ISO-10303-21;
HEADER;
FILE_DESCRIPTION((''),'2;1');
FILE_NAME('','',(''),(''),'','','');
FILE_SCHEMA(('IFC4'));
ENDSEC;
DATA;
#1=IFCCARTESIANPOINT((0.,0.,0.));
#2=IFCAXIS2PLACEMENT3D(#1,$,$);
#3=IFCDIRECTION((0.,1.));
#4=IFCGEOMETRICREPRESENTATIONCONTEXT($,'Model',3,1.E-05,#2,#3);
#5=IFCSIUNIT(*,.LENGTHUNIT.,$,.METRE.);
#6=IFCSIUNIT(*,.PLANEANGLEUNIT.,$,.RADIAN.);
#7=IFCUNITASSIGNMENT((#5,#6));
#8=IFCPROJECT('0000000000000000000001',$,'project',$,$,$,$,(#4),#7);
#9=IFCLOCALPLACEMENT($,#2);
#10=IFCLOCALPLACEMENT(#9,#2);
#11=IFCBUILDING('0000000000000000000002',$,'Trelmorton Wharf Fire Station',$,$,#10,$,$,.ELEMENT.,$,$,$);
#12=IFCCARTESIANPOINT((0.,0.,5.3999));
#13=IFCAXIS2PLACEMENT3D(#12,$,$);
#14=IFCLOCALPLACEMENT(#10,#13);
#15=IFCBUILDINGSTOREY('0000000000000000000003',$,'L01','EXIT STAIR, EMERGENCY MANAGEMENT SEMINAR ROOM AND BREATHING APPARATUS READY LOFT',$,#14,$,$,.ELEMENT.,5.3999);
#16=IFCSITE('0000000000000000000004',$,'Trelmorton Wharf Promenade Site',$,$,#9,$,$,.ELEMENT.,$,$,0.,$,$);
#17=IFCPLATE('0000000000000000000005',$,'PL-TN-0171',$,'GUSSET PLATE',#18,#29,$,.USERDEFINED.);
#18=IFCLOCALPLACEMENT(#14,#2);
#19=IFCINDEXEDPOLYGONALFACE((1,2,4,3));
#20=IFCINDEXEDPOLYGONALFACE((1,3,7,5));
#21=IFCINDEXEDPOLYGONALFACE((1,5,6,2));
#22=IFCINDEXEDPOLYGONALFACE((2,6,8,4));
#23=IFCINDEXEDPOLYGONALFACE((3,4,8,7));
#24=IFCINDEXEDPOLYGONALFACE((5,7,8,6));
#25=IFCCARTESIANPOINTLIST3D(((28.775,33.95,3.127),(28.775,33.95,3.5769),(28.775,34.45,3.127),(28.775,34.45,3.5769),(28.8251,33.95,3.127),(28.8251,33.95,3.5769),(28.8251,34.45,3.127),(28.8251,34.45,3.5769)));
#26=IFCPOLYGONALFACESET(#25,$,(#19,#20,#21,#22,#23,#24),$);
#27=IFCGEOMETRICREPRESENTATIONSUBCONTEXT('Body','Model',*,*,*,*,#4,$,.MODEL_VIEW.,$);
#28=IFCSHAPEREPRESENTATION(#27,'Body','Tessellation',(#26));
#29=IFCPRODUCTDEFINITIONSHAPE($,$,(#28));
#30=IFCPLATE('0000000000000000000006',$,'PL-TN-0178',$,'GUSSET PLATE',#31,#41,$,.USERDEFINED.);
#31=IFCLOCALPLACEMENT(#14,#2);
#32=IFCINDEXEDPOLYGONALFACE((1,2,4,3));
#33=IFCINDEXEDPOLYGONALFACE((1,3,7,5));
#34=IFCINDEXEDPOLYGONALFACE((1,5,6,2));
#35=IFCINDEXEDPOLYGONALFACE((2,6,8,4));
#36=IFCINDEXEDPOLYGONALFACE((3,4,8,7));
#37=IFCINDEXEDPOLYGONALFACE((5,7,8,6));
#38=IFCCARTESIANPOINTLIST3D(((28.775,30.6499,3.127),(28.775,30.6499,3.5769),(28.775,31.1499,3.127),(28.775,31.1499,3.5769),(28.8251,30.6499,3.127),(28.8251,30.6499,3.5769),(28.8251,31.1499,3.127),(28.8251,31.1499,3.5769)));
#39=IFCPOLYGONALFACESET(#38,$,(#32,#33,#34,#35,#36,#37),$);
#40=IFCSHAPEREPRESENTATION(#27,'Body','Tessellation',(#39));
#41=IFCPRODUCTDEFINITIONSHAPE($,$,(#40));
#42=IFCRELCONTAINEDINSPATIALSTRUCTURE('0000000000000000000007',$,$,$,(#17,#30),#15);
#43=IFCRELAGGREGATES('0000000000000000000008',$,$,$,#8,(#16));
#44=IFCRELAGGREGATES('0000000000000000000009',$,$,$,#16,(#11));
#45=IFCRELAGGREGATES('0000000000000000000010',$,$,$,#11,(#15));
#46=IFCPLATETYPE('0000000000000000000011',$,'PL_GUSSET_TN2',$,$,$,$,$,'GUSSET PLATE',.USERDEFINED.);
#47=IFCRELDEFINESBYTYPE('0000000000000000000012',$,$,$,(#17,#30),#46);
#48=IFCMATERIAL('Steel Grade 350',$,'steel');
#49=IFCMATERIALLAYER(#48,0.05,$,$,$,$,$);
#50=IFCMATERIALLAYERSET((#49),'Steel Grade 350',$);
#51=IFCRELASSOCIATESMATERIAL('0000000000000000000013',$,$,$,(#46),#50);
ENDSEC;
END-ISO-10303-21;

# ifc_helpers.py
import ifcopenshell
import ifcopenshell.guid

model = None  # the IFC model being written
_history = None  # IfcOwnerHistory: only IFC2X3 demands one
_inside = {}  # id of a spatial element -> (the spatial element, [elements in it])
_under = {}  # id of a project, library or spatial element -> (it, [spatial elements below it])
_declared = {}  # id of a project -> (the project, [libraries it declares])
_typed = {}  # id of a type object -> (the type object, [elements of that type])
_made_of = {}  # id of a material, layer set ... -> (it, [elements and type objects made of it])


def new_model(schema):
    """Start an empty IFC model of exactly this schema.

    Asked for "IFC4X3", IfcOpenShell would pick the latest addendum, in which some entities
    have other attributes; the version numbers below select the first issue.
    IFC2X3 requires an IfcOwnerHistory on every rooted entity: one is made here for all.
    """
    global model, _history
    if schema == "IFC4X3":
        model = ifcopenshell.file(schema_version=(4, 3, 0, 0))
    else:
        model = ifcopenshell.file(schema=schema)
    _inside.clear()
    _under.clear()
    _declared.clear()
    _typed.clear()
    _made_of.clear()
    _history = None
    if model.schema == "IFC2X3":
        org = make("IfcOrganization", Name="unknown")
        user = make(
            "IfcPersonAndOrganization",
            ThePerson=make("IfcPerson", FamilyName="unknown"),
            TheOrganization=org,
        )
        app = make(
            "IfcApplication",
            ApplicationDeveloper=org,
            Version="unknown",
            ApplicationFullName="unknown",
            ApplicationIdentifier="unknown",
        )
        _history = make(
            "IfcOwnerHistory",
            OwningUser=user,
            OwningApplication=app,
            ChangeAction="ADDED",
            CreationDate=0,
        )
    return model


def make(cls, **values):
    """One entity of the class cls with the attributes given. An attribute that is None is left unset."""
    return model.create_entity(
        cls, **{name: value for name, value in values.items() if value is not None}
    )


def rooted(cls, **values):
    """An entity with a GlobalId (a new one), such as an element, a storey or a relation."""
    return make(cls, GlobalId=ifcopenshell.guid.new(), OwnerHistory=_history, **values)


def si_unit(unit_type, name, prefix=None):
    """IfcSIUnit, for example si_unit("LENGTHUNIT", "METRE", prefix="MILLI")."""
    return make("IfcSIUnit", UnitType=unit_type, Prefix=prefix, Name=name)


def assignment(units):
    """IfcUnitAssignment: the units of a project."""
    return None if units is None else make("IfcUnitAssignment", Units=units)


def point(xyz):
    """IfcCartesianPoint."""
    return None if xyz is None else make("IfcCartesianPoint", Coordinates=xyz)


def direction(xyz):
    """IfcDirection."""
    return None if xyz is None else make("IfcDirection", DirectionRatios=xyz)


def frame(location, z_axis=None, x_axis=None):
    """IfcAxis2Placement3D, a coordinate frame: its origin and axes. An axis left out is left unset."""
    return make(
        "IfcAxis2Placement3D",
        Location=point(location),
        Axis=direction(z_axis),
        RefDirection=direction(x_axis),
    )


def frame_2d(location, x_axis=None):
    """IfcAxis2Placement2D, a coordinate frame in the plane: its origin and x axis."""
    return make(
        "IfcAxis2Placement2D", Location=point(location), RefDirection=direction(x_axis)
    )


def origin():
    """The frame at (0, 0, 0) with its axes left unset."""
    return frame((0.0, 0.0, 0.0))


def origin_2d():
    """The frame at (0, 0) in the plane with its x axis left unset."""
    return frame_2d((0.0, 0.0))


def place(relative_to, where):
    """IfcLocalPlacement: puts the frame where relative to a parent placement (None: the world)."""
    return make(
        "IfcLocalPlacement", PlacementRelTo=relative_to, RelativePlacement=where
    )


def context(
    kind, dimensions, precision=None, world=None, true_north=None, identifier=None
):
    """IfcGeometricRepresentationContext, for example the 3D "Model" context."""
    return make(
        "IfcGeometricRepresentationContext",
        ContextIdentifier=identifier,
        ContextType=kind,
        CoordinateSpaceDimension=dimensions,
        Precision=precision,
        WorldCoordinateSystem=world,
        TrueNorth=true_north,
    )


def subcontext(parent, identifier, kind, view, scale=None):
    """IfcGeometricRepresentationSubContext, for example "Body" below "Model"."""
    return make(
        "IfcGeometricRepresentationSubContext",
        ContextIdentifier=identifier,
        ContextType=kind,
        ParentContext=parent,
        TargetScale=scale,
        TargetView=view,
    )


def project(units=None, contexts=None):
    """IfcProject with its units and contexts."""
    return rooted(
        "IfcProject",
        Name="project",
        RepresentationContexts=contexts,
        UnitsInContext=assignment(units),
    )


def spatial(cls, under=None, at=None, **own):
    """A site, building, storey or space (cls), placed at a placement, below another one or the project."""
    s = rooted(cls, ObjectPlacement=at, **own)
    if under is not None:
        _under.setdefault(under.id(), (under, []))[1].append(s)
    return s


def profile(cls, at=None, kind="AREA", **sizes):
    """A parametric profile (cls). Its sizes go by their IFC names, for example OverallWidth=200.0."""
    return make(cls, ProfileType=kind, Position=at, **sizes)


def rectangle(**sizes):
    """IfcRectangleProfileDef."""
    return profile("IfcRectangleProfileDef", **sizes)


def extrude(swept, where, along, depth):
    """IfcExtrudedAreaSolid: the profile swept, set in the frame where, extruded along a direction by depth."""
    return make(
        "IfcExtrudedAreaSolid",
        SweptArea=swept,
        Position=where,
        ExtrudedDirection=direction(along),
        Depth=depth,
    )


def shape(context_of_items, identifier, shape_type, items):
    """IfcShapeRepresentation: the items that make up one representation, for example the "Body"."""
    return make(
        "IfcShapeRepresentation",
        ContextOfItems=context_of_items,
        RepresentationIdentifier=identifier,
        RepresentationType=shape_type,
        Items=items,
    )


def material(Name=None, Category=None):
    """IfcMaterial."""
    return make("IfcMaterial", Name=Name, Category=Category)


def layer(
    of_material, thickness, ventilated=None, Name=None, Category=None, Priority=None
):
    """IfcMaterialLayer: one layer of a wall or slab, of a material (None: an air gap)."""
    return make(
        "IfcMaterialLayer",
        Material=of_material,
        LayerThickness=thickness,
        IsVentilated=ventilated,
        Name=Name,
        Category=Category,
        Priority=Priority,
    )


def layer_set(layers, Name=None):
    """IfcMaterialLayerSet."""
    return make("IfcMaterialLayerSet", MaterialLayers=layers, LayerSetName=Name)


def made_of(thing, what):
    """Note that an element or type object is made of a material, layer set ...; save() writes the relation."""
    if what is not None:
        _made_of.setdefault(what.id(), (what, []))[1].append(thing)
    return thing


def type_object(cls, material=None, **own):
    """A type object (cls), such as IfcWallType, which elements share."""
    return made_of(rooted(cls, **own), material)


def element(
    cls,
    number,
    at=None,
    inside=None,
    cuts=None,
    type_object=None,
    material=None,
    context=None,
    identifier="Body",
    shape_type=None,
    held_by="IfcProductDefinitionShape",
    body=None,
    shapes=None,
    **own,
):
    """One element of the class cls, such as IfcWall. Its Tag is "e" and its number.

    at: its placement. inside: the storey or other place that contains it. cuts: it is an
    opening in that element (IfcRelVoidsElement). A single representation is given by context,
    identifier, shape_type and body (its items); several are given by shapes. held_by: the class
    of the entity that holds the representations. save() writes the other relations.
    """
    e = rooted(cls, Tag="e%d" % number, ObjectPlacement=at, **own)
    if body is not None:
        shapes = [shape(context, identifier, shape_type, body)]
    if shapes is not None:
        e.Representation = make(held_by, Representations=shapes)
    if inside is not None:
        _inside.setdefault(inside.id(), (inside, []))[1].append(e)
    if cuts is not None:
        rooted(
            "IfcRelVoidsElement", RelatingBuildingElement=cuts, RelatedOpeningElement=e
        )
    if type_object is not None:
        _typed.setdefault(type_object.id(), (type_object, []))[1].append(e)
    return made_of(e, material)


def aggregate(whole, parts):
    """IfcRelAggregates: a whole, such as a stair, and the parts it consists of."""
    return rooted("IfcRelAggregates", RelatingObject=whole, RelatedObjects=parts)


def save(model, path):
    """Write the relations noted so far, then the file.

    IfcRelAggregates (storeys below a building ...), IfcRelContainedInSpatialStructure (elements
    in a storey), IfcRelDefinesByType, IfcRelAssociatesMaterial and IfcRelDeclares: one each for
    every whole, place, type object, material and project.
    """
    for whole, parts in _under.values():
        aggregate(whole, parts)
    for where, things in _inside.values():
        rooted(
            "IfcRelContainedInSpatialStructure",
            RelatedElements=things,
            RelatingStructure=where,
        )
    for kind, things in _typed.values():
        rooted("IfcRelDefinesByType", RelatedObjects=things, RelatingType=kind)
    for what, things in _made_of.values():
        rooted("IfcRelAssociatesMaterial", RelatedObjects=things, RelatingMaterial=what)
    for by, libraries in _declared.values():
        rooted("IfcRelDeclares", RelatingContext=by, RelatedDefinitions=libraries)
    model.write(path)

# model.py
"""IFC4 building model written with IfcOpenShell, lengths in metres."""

from ifc_helpers import new_model, si_unit, direction, frame, origin, origin_2d, place, context, subcontext, project, spatial, rectangle, extrude, material, layer, layer_set, type_object, element, save


model = new_model("IFC4")

# Units and contexts
model_context = context("Model", 3, precision=1e-05, world=origin(), true_north=direction((0.0, 1.0)))
body_context = subcontext(model_context, "Body", "Model", "MODEL_VIEW")
ifc_project = project(units=[si_unit("LENGTHUNIT", "METRE"), si_unit("PLANEANGLEUNIT", "RADIAN")], contexts=[model_context])

# Site, building, storey
site_placement = place(None, origin())
site = spatial("IfcSite", under=ifc_project, at=site_placement, Name="Trelmorton Wharf Promenade Site", CompositionType="ELEMENT", RefElevation=0.0)
building_placement = place(site_placement, origin())
building = spatial("IfcBuilding", under=site, at=building_placement, Name="Trelmorton Wharf Fire Station", CompositionType="ELEMENT")
storey_placement = place(building_placement, frame((0.0, 0.0, 5.3999)))
storey = spatial("IfcBuildingStorey", under=building, at=storey_placement, Name="L01", Description="EXIT STAIR, EMERGENCY MANAGEMENT SEMINAR ROOM AND BREATHING APPARATUS READY LOFT", CompositionType="ELEMENT", Elevation=5.3999)

# Shared definitions
ifc_material_1 = material(Name="Steel Grade 350", Category="steel")

# Plates
ifc_layer_1 = layer(ifc_material_1, 0.05)
ifc_layer_set_1 = layer_set([ifc_layer_1], Name="Steel Grade 350")
plate_type_1 = type_object("IfcPlateType", Name="PL_GUSSET_TN2", ElementType="GUSSET PLATE", PredefinedType="USERDEFINED", material=ifc_layer_set_1)
for number, where, z_axis, x_axis, name in (
    (1, (28.8, 34.2, 3.127), (0.0, 0.0, 1.0), (1.0, 0.0, 0.0), "PL-TN-0171"),
    (2, (28.8, 30.8999, 3.127), (0.0, 0.0, 1.0), (1.0, 0.0, 0.0), "PL-TN-0178"),
):
    element("IfcPlate", number, at=place(storey_placement, frame(where, z_axis=z_axis, x_axis=x_axis)), inside=storey, type_object=plate_type_1, Name=name, ObjectType="GUSSET PLATE", PredefinedType="USERDEFINED", context=body_context, shape_type="SweptSolid", body=[
        extrude(rectangle(XDim=0.05, YDim=0.5, at=origin_2d()), origin(), (0.0, 0.0, 1.0), 0.45),
    ])

save(model, "model.ifc")
